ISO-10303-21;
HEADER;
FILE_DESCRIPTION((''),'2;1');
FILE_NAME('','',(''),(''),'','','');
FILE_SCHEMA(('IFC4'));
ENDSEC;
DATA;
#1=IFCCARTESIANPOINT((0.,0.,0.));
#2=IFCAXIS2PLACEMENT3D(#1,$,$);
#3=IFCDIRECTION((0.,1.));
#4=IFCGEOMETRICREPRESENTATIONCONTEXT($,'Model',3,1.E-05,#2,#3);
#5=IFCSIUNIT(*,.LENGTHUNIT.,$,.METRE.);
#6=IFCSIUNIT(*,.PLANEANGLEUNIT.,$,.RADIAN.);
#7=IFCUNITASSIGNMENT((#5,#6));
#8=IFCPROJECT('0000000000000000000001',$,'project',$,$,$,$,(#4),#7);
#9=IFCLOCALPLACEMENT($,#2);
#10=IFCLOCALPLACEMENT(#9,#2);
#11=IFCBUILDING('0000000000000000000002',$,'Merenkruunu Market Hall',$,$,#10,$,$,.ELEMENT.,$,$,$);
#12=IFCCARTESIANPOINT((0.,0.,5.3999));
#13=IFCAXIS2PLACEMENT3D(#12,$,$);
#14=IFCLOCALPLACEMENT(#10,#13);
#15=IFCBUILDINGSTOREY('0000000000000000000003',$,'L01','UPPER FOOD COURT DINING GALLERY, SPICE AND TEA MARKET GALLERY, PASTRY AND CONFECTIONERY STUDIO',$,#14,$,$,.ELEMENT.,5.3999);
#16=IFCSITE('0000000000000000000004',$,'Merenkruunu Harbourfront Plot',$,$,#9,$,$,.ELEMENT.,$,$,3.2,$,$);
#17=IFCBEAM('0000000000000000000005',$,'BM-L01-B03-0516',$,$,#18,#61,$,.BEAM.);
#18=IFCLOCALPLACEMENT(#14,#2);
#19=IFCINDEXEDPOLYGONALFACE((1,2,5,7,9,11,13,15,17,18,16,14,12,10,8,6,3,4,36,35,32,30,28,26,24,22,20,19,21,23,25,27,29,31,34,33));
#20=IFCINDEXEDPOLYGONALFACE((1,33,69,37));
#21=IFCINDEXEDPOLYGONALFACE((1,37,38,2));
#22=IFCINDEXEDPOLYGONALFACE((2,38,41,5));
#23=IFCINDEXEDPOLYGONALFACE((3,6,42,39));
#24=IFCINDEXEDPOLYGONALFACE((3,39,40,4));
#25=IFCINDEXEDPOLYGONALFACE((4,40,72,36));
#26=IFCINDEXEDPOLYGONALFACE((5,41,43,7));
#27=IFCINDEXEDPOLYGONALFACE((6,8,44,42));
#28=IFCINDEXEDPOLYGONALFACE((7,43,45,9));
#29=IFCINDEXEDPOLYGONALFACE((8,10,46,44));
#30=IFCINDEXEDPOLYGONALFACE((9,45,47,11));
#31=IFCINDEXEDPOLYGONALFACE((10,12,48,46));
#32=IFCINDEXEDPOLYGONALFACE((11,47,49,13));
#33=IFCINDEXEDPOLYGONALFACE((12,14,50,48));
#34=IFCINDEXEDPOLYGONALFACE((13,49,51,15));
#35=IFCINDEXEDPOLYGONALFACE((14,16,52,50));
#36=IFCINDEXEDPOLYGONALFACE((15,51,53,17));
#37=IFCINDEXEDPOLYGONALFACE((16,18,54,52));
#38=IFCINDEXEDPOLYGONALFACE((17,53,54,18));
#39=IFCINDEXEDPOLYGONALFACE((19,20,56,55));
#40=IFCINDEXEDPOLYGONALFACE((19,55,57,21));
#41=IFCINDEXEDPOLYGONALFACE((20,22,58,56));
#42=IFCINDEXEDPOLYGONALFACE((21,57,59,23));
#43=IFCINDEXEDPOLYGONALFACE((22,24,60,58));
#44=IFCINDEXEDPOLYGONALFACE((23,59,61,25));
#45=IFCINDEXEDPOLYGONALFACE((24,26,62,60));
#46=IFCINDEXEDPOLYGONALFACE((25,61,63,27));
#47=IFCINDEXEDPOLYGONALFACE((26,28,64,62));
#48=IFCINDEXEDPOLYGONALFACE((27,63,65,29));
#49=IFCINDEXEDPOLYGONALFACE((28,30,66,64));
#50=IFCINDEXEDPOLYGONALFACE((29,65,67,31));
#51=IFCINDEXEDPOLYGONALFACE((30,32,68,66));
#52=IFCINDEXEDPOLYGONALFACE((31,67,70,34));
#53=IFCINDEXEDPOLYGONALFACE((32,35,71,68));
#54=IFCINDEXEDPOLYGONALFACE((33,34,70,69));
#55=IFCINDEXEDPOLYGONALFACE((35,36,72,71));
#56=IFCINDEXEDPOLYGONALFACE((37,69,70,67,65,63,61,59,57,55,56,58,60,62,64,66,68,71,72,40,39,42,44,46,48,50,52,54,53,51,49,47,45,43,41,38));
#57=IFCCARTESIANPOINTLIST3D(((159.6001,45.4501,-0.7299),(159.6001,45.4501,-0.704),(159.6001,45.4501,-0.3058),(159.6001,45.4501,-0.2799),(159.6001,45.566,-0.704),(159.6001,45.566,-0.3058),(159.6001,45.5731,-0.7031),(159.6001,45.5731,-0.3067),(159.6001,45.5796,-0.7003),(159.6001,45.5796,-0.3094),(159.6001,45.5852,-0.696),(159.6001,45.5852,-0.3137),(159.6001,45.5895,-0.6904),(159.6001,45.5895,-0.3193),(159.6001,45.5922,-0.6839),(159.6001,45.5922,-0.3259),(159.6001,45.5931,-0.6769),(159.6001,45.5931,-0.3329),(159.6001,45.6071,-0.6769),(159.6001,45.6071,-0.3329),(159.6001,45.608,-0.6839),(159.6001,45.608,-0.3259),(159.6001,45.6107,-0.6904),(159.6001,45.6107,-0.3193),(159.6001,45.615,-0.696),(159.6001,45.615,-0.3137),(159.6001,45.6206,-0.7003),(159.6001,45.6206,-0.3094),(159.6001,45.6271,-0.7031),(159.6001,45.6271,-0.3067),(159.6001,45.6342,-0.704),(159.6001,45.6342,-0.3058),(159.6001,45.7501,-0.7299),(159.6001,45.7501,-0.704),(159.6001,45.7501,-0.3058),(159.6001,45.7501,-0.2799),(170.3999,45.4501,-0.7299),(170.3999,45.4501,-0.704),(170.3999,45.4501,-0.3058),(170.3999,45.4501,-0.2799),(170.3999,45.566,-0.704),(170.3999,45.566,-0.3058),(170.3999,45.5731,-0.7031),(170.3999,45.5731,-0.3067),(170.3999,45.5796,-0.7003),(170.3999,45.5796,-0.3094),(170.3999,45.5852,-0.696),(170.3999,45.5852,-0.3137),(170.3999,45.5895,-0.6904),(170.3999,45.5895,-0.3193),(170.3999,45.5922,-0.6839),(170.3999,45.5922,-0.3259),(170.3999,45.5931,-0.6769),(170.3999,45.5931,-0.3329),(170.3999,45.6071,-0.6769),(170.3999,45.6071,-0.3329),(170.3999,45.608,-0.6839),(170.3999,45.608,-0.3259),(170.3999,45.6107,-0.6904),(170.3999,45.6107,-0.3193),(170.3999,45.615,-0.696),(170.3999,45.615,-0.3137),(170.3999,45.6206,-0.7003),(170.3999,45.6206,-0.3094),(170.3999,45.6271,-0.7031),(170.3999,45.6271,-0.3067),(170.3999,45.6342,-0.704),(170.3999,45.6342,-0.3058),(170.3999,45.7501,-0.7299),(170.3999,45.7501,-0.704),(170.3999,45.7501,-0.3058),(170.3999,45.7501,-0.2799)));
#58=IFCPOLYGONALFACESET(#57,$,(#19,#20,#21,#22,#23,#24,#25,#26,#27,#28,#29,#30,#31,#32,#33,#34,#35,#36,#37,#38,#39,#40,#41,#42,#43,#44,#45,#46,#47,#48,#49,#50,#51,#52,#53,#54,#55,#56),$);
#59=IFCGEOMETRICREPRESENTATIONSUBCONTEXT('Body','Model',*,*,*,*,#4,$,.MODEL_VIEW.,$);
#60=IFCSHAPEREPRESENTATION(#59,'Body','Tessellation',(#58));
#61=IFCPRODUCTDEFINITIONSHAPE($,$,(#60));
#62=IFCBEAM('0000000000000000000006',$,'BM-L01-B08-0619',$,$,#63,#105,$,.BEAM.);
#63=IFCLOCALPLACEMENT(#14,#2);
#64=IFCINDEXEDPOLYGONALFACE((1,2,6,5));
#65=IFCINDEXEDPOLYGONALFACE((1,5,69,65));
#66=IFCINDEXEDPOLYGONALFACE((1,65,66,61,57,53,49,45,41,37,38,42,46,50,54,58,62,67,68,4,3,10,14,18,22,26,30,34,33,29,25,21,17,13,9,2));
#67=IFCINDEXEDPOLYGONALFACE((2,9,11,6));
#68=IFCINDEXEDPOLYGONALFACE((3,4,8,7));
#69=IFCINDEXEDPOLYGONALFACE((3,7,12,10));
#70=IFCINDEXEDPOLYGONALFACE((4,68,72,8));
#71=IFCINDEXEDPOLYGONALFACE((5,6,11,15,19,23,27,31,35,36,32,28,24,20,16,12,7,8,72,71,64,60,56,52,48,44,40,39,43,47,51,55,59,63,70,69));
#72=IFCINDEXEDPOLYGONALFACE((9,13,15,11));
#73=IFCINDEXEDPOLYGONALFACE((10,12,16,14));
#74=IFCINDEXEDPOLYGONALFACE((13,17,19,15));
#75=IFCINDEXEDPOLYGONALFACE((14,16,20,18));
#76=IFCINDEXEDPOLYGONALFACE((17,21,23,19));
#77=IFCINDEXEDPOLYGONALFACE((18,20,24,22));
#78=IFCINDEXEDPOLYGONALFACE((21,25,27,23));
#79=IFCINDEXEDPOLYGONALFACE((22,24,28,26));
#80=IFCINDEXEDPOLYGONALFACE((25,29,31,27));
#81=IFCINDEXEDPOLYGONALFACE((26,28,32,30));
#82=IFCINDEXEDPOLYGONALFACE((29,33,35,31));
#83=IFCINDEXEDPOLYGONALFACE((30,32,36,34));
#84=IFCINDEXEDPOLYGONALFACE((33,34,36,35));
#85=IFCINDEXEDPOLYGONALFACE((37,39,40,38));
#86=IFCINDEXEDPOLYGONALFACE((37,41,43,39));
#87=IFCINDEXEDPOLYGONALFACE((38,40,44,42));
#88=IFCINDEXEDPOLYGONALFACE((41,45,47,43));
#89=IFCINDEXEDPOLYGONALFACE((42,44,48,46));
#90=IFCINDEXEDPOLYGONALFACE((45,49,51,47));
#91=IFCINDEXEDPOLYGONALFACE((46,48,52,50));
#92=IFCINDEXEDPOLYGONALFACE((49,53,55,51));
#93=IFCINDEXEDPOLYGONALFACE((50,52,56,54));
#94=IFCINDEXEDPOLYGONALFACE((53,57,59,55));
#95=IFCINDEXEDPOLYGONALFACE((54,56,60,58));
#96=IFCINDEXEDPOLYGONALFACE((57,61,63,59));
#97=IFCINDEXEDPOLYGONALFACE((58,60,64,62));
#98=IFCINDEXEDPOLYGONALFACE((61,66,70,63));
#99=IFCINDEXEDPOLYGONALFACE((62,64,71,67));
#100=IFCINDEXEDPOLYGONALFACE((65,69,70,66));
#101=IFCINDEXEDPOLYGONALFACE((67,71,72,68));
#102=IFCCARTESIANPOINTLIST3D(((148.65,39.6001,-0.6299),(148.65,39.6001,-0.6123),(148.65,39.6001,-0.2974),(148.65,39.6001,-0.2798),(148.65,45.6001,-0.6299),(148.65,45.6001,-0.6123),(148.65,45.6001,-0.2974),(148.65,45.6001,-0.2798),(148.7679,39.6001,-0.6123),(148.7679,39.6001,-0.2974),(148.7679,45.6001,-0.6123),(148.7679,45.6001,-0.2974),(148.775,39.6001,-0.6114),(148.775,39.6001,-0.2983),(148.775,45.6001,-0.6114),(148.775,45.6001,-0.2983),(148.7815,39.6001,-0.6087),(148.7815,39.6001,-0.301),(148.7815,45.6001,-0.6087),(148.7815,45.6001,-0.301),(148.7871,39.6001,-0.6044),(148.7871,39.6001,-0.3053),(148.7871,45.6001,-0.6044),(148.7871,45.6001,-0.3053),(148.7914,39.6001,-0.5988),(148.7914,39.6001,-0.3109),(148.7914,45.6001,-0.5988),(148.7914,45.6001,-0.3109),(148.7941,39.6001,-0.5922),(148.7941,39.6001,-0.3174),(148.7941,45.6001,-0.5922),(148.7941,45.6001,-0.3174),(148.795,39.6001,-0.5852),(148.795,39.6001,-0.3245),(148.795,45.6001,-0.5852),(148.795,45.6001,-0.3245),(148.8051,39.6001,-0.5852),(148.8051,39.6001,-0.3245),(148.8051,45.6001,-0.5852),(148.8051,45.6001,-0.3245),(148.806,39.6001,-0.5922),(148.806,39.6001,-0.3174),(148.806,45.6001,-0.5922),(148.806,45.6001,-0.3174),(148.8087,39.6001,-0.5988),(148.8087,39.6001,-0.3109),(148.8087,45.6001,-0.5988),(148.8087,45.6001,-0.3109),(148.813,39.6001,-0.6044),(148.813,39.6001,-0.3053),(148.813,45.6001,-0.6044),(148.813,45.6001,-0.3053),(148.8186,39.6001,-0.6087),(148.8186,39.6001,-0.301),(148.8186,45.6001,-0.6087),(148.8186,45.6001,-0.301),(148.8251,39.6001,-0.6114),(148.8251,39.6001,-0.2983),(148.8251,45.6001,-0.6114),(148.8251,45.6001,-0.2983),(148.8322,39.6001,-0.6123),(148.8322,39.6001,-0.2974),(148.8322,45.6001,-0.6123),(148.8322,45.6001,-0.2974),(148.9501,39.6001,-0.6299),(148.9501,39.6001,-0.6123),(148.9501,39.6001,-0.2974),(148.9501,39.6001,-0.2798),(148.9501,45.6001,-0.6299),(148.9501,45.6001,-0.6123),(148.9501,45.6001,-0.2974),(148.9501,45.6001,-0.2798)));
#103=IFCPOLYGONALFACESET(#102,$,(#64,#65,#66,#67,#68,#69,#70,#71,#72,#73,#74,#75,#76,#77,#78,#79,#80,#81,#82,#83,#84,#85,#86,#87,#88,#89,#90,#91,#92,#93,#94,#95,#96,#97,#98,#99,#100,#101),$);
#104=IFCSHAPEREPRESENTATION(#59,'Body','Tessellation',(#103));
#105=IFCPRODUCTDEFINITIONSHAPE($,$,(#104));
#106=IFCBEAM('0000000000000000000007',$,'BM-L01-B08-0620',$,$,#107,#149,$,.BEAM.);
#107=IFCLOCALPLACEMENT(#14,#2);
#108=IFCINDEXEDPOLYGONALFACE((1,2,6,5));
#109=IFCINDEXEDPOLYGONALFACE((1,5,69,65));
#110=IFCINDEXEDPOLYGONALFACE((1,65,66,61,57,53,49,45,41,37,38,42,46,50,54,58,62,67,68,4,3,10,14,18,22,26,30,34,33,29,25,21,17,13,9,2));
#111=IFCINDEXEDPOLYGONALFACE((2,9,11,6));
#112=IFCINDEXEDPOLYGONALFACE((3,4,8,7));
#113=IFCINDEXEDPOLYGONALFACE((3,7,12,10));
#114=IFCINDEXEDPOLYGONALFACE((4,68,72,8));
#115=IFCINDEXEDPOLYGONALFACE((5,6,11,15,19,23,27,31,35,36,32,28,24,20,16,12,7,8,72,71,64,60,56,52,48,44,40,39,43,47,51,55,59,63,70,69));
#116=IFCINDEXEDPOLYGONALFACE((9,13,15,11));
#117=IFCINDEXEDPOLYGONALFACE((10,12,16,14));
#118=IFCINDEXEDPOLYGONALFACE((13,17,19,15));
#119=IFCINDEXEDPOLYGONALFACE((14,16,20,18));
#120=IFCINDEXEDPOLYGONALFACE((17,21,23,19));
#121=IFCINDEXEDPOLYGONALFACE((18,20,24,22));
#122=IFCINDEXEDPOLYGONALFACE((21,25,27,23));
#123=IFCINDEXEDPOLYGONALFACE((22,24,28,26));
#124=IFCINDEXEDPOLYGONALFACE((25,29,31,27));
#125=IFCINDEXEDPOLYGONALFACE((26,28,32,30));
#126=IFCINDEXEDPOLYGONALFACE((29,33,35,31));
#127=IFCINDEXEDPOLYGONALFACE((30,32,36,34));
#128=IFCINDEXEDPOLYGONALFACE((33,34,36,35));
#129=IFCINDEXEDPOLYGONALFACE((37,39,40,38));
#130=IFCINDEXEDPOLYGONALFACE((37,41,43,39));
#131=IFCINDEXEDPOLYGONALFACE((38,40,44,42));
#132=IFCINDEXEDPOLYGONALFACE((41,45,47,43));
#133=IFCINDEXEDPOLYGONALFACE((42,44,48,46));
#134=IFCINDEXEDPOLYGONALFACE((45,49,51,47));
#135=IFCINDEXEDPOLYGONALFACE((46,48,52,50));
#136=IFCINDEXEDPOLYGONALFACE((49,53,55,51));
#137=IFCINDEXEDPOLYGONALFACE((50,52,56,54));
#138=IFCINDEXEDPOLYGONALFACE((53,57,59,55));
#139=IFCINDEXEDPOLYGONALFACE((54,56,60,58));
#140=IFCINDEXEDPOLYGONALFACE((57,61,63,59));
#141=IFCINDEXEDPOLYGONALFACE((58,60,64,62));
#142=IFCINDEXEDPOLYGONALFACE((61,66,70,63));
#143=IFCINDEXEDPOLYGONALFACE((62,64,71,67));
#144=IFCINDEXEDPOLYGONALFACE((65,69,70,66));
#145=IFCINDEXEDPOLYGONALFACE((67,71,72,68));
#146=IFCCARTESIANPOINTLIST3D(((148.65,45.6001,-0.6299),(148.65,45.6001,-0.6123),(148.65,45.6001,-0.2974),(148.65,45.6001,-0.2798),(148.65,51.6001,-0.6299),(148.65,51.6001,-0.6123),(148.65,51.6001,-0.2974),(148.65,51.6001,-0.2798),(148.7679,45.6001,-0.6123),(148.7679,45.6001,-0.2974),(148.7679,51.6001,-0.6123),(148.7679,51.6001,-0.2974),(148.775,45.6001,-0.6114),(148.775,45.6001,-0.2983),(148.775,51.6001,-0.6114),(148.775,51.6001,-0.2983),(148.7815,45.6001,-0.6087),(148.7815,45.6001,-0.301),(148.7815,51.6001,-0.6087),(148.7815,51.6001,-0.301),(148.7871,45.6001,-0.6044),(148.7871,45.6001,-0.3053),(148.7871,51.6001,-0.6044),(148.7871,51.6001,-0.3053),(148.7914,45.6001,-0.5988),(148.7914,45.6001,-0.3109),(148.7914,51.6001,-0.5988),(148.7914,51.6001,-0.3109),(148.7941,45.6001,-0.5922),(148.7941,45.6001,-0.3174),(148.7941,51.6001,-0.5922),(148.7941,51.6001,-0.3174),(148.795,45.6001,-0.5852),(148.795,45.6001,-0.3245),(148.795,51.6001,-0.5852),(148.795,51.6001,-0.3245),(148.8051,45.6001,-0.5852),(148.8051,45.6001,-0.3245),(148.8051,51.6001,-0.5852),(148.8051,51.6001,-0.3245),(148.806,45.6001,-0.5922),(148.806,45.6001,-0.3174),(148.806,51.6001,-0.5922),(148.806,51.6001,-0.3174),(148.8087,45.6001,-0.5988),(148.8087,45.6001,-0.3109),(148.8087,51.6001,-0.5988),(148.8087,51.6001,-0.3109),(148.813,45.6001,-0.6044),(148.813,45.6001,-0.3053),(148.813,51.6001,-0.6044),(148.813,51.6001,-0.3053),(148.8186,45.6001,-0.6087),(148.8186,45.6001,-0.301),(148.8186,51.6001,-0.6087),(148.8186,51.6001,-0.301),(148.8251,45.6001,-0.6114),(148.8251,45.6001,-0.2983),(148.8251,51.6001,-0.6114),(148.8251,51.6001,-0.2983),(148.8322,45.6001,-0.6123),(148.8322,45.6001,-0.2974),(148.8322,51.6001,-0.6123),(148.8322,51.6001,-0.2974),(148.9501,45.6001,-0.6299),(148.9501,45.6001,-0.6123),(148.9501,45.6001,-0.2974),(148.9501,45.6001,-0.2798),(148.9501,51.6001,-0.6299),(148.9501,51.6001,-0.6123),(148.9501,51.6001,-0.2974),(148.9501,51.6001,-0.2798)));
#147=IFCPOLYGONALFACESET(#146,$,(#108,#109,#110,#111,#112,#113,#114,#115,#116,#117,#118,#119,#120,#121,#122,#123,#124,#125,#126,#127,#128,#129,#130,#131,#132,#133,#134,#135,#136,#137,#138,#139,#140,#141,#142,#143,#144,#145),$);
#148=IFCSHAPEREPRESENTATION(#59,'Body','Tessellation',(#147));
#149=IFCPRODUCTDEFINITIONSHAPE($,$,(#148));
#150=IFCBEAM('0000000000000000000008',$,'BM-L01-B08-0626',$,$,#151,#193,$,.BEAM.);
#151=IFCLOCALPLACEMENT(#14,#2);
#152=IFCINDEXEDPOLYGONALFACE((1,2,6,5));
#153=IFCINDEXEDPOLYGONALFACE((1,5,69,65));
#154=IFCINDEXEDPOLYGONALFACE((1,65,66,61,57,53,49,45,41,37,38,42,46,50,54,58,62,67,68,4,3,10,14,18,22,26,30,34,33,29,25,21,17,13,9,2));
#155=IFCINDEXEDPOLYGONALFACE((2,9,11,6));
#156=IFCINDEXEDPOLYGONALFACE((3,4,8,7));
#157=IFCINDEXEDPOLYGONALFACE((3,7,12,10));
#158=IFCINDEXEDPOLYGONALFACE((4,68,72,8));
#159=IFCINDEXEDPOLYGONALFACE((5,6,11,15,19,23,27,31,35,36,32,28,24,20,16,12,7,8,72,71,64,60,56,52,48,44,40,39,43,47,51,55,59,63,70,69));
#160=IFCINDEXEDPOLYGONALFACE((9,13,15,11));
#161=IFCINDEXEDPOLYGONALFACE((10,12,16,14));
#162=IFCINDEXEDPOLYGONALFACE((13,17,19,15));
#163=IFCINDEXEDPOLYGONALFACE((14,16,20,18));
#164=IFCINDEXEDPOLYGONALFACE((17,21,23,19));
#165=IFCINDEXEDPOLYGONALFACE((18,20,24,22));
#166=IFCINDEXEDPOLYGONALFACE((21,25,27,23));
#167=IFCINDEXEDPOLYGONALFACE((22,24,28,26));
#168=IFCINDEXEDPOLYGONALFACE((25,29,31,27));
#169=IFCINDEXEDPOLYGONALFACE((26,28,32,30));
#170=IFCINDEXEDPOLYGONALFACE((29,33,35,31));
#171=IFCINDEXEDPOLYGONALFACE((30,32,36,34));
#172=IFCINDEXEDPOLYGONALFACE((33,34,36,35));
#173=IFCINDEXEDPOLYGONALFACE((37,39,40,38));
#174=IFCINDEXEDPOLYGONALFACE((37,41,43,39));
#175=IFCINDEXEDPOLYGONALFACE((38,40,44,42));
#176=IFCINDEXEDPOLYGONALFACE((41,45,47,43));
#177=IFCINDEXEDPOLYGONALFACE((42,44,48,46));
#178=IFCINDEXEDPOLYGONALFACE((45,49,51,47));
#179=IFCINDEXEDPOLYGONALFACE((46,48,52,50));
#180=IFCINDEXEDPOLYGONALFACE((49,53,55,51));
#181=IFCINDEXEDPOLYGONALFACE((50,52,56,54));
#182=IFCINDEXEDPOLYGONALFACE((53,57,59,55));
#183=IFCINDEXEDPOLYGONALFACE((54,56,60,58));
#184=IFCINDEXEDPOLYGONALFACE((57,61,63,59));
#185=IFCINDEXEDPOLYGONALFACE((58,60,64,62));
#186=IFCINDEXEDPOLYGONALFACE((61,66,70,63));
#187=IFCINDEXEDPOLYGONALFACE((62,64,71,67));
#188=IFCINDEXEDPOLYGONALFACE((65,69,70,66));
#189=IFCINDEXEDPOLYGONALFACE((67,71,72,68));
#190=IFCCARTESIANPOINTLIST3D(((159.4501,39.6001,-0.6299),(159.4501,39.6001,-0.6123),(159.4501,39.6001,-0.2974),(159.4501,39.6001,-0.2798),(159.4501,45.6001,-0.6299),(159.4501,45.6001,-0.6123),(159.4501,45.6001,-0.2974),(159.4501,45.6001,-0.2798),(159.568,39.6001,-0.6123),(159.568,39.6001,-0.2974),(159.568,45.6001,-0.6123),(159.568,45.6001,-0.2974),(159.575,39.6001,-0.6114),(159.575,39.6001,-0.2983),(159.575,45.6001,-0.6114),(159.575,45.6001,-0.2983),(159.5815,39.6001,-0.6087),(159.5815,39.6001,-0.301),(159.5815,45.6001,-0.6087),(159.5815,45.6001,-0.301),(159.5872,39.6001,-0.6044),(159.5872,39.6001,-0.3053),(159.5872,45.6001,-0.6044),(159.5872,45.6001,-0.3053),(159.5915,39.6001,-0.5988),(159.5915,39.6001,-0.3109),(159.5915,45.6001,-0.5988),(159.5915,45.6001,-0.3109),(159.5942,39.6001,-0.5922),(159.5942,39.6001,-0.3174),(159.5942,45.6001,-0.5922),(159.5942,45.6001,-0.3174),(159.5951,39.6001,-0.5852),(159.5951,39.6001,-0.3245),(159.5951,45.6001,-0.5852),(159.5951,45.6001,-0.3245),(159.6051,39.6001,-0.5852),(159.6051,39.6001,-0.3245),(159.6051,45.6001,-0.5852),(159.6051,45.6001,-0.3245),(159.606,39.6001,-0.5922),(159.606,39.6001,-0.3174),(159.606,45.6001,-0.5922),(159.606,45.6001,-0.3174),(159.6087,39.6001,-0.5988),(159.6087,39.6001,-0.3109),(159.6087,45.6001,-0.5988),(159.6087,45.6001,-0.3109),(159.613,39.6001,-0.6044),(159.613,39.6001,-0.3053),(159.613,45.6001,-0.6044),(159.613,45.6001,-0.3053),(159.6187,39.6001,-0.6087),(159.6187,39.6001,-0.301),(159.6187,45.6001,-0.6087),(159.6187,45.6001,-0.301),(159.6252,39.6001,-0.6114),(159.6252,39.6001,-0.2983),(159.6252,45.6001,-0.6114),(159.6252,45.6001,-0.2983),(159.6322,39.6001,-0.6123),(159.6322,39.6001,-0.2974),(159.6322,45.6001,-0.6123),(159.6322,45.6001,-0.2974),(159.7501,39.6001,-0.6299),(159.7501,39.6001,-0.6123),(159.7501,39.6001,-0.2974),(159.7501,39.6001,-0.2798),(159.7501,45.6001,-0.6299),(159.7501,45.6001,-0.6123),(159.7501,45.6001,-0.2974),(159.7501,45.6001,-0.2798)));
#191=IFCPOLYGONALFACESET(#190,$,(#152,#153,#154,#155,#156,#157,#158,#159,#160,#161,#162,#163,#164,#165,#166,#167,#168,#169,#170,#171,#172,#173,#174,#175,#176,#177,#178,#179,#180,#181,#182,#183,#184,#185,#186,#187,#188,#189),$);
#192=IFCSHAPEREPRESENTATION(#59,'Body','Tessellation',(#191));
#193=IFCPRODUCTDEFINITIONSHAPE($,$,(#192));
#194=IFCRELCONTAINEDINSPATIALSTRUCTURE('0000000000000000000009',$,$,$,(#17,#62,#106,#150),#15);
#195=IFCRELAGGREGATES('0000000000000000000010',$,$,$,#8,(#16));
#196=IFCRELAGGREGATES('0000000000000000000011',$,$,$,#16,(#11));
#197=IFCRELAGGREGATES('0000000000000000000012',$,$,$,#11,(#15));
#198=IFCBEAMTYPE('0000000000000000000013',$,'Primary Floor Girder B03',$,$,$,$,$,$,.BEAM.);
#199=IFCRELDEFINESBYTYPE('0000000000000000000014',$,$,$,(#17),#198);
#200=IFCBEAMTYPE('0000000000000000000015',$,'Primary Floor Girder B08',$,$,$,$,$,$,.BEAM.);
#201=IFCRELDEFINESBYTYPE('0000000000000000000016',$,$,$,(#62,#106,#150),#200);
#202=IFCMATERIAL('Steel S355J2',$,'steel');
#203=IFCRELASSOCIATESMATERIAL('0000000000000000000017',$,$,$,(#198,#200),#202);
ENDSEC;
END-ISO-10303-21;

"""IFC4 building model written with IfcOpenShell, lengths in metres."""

from ifc_helpers import new_model, si_unit, direction, frame, origin, origin_2d, place, context, subcontext, project, spatial, i_section, extrude, material, material_profile, profile_set, type_object, element, save


model = new_model("IFC4")

# Units and contexts
model_context = context("Model", 3, precision=1e-05, world=origin(), true_north=direction((0.0, 1.0)))
body_context = subcontext(model_context, "Body", "Model", "MODEL_VIEW")
ifc_project = project(units=[si_unit("LENGTHUNIT", "METRE"), si_unit("PLANEANGLEUNIT", "RADIAN")], contexts=[model_context])

# Site, building, storey
site_placement = place(None, origin())
site = spatial("IfcSite", under=ifc_project, at=site_placement, Name="Merenkruunu Harbourfront Plot", CompositionType="ELEMENT", RefElevation=3.2)
building_placement = place(site_placement, origin())
building = spatial("IfcBuilding", under=site, at=building_placement, Name="Merenkruunu Market Hall", CompositionType="ELEMENT")
storey_placement = place(building_placement, frame((0.0, 0.0, 5.3999)))
storey = spatial("IfcBuildingStorey", under=building, at=storey_placement, Name="L01", Description="UPPER FOOD COURT DINING GALLERY, SPICE AND TEA MARKET GALLERY, PASTRY AND CONFECTIONERY STUDIO", CompositionType="ELEMENT", Elevation=5.3999)

# Shared definitions
ifc_material_1 = material(Name="Steel S355J2", Category="steel")

# Beams
ifc_material_profile_1 = material_profile(ifc_material_1, i_section(OverallWidth=0.3, OverallDepth=0.45, WebThickness=0.0139, FlangeThickness=0.0259, FilletRadius=0.0271, at=origin_2d()), Name="HEB 450")
ifc_profile_set_1 = profile_set([ifc_material_profile_1], Name="Steel S355J2")
beam_type_1 = type_object("IfcBeamType", Name="Primary Floor Girder B03", PredefinedType="BEAM", material=ifc_profile_set_1)
beam_1_placement = place(storey_placement, frame((159.6001, 45.6001, -0.5049), z_axis=(1.0, 0.0, 0.0), x_axis=(0.0, 1.0, 0.0)))
element("IfcBeam", 1, at=beam_1_placement, inside=storey, type_object=beam_type_1, Name="BM-L01-B03-0516", PredefinedType="BEAM", context=body_context, shape_type="SweptSolid", body=[
    extrude(i_section(OverallWidth=0.3, OverallDepth=0.45, WebThickness=0.0139, FlangeThickness=0.0259, FilletRadius=0.0271, at=origin_2d()), origin(), (0.0, 0.0, 1.0), 10.7998),
])
ifc_material_profile_2 = material_profile(ifc_material_1, i_section(OverallWidth=0.3, OverallDepth=0.3501, WebThickness=0.01, FlangeThickness=0.0176, FilletRadius=0.0271, at=origin_2d()), Name="HEA 360")
ifc_profile_set_2 = profile_set([ifc_material_profile_2], Name="Steel S355J2")
beam_type_2 = type_object("IfcBeamType", Name="Primary Floor Girder B08", PredefinedType="BEAM", material=ifc_profile_set_2)
for number, where, z_axis, x_axis, name in (
    (2, (148.8, 39.6001, -0.4548), (0.0, 1.0, 0.0), (-1.0, 0.0, 0.0), "BM-L01-B08-0619"),
    (3, (148.8, 45.6001, -0.4548), (0.0, 1.0, 0.0), (-1.0, 0.0, 0.0), "BM-L01-B08-0620"),
    (4, (159.6001, 39.6001, -0.4548), (0.0, 1.0, 0.0), (-1.0, 0.0, 0.0), "BM-L01-B08-0626"),
):
    element("IfcBeam", number, at=place(storey_placement, frame(where, z_axis=z_axis, x_axis=x_axis)), inside=storey, type_object=beam_type_2, Name=name, PredefinedType="BEAM", context=body_context, shape_type="SweptSolid", body=[
        extrude(i_section(OverallWidth=0.3, OverallDepth=0.3501, WebThickness=0.01, FlangeThickness=0.0176, FilletRadius=0.0271, at=origin_2d()), origin(), (0.0, 0.0, 1.0), 6.0),
    ])

save(model, "model.ifc")
